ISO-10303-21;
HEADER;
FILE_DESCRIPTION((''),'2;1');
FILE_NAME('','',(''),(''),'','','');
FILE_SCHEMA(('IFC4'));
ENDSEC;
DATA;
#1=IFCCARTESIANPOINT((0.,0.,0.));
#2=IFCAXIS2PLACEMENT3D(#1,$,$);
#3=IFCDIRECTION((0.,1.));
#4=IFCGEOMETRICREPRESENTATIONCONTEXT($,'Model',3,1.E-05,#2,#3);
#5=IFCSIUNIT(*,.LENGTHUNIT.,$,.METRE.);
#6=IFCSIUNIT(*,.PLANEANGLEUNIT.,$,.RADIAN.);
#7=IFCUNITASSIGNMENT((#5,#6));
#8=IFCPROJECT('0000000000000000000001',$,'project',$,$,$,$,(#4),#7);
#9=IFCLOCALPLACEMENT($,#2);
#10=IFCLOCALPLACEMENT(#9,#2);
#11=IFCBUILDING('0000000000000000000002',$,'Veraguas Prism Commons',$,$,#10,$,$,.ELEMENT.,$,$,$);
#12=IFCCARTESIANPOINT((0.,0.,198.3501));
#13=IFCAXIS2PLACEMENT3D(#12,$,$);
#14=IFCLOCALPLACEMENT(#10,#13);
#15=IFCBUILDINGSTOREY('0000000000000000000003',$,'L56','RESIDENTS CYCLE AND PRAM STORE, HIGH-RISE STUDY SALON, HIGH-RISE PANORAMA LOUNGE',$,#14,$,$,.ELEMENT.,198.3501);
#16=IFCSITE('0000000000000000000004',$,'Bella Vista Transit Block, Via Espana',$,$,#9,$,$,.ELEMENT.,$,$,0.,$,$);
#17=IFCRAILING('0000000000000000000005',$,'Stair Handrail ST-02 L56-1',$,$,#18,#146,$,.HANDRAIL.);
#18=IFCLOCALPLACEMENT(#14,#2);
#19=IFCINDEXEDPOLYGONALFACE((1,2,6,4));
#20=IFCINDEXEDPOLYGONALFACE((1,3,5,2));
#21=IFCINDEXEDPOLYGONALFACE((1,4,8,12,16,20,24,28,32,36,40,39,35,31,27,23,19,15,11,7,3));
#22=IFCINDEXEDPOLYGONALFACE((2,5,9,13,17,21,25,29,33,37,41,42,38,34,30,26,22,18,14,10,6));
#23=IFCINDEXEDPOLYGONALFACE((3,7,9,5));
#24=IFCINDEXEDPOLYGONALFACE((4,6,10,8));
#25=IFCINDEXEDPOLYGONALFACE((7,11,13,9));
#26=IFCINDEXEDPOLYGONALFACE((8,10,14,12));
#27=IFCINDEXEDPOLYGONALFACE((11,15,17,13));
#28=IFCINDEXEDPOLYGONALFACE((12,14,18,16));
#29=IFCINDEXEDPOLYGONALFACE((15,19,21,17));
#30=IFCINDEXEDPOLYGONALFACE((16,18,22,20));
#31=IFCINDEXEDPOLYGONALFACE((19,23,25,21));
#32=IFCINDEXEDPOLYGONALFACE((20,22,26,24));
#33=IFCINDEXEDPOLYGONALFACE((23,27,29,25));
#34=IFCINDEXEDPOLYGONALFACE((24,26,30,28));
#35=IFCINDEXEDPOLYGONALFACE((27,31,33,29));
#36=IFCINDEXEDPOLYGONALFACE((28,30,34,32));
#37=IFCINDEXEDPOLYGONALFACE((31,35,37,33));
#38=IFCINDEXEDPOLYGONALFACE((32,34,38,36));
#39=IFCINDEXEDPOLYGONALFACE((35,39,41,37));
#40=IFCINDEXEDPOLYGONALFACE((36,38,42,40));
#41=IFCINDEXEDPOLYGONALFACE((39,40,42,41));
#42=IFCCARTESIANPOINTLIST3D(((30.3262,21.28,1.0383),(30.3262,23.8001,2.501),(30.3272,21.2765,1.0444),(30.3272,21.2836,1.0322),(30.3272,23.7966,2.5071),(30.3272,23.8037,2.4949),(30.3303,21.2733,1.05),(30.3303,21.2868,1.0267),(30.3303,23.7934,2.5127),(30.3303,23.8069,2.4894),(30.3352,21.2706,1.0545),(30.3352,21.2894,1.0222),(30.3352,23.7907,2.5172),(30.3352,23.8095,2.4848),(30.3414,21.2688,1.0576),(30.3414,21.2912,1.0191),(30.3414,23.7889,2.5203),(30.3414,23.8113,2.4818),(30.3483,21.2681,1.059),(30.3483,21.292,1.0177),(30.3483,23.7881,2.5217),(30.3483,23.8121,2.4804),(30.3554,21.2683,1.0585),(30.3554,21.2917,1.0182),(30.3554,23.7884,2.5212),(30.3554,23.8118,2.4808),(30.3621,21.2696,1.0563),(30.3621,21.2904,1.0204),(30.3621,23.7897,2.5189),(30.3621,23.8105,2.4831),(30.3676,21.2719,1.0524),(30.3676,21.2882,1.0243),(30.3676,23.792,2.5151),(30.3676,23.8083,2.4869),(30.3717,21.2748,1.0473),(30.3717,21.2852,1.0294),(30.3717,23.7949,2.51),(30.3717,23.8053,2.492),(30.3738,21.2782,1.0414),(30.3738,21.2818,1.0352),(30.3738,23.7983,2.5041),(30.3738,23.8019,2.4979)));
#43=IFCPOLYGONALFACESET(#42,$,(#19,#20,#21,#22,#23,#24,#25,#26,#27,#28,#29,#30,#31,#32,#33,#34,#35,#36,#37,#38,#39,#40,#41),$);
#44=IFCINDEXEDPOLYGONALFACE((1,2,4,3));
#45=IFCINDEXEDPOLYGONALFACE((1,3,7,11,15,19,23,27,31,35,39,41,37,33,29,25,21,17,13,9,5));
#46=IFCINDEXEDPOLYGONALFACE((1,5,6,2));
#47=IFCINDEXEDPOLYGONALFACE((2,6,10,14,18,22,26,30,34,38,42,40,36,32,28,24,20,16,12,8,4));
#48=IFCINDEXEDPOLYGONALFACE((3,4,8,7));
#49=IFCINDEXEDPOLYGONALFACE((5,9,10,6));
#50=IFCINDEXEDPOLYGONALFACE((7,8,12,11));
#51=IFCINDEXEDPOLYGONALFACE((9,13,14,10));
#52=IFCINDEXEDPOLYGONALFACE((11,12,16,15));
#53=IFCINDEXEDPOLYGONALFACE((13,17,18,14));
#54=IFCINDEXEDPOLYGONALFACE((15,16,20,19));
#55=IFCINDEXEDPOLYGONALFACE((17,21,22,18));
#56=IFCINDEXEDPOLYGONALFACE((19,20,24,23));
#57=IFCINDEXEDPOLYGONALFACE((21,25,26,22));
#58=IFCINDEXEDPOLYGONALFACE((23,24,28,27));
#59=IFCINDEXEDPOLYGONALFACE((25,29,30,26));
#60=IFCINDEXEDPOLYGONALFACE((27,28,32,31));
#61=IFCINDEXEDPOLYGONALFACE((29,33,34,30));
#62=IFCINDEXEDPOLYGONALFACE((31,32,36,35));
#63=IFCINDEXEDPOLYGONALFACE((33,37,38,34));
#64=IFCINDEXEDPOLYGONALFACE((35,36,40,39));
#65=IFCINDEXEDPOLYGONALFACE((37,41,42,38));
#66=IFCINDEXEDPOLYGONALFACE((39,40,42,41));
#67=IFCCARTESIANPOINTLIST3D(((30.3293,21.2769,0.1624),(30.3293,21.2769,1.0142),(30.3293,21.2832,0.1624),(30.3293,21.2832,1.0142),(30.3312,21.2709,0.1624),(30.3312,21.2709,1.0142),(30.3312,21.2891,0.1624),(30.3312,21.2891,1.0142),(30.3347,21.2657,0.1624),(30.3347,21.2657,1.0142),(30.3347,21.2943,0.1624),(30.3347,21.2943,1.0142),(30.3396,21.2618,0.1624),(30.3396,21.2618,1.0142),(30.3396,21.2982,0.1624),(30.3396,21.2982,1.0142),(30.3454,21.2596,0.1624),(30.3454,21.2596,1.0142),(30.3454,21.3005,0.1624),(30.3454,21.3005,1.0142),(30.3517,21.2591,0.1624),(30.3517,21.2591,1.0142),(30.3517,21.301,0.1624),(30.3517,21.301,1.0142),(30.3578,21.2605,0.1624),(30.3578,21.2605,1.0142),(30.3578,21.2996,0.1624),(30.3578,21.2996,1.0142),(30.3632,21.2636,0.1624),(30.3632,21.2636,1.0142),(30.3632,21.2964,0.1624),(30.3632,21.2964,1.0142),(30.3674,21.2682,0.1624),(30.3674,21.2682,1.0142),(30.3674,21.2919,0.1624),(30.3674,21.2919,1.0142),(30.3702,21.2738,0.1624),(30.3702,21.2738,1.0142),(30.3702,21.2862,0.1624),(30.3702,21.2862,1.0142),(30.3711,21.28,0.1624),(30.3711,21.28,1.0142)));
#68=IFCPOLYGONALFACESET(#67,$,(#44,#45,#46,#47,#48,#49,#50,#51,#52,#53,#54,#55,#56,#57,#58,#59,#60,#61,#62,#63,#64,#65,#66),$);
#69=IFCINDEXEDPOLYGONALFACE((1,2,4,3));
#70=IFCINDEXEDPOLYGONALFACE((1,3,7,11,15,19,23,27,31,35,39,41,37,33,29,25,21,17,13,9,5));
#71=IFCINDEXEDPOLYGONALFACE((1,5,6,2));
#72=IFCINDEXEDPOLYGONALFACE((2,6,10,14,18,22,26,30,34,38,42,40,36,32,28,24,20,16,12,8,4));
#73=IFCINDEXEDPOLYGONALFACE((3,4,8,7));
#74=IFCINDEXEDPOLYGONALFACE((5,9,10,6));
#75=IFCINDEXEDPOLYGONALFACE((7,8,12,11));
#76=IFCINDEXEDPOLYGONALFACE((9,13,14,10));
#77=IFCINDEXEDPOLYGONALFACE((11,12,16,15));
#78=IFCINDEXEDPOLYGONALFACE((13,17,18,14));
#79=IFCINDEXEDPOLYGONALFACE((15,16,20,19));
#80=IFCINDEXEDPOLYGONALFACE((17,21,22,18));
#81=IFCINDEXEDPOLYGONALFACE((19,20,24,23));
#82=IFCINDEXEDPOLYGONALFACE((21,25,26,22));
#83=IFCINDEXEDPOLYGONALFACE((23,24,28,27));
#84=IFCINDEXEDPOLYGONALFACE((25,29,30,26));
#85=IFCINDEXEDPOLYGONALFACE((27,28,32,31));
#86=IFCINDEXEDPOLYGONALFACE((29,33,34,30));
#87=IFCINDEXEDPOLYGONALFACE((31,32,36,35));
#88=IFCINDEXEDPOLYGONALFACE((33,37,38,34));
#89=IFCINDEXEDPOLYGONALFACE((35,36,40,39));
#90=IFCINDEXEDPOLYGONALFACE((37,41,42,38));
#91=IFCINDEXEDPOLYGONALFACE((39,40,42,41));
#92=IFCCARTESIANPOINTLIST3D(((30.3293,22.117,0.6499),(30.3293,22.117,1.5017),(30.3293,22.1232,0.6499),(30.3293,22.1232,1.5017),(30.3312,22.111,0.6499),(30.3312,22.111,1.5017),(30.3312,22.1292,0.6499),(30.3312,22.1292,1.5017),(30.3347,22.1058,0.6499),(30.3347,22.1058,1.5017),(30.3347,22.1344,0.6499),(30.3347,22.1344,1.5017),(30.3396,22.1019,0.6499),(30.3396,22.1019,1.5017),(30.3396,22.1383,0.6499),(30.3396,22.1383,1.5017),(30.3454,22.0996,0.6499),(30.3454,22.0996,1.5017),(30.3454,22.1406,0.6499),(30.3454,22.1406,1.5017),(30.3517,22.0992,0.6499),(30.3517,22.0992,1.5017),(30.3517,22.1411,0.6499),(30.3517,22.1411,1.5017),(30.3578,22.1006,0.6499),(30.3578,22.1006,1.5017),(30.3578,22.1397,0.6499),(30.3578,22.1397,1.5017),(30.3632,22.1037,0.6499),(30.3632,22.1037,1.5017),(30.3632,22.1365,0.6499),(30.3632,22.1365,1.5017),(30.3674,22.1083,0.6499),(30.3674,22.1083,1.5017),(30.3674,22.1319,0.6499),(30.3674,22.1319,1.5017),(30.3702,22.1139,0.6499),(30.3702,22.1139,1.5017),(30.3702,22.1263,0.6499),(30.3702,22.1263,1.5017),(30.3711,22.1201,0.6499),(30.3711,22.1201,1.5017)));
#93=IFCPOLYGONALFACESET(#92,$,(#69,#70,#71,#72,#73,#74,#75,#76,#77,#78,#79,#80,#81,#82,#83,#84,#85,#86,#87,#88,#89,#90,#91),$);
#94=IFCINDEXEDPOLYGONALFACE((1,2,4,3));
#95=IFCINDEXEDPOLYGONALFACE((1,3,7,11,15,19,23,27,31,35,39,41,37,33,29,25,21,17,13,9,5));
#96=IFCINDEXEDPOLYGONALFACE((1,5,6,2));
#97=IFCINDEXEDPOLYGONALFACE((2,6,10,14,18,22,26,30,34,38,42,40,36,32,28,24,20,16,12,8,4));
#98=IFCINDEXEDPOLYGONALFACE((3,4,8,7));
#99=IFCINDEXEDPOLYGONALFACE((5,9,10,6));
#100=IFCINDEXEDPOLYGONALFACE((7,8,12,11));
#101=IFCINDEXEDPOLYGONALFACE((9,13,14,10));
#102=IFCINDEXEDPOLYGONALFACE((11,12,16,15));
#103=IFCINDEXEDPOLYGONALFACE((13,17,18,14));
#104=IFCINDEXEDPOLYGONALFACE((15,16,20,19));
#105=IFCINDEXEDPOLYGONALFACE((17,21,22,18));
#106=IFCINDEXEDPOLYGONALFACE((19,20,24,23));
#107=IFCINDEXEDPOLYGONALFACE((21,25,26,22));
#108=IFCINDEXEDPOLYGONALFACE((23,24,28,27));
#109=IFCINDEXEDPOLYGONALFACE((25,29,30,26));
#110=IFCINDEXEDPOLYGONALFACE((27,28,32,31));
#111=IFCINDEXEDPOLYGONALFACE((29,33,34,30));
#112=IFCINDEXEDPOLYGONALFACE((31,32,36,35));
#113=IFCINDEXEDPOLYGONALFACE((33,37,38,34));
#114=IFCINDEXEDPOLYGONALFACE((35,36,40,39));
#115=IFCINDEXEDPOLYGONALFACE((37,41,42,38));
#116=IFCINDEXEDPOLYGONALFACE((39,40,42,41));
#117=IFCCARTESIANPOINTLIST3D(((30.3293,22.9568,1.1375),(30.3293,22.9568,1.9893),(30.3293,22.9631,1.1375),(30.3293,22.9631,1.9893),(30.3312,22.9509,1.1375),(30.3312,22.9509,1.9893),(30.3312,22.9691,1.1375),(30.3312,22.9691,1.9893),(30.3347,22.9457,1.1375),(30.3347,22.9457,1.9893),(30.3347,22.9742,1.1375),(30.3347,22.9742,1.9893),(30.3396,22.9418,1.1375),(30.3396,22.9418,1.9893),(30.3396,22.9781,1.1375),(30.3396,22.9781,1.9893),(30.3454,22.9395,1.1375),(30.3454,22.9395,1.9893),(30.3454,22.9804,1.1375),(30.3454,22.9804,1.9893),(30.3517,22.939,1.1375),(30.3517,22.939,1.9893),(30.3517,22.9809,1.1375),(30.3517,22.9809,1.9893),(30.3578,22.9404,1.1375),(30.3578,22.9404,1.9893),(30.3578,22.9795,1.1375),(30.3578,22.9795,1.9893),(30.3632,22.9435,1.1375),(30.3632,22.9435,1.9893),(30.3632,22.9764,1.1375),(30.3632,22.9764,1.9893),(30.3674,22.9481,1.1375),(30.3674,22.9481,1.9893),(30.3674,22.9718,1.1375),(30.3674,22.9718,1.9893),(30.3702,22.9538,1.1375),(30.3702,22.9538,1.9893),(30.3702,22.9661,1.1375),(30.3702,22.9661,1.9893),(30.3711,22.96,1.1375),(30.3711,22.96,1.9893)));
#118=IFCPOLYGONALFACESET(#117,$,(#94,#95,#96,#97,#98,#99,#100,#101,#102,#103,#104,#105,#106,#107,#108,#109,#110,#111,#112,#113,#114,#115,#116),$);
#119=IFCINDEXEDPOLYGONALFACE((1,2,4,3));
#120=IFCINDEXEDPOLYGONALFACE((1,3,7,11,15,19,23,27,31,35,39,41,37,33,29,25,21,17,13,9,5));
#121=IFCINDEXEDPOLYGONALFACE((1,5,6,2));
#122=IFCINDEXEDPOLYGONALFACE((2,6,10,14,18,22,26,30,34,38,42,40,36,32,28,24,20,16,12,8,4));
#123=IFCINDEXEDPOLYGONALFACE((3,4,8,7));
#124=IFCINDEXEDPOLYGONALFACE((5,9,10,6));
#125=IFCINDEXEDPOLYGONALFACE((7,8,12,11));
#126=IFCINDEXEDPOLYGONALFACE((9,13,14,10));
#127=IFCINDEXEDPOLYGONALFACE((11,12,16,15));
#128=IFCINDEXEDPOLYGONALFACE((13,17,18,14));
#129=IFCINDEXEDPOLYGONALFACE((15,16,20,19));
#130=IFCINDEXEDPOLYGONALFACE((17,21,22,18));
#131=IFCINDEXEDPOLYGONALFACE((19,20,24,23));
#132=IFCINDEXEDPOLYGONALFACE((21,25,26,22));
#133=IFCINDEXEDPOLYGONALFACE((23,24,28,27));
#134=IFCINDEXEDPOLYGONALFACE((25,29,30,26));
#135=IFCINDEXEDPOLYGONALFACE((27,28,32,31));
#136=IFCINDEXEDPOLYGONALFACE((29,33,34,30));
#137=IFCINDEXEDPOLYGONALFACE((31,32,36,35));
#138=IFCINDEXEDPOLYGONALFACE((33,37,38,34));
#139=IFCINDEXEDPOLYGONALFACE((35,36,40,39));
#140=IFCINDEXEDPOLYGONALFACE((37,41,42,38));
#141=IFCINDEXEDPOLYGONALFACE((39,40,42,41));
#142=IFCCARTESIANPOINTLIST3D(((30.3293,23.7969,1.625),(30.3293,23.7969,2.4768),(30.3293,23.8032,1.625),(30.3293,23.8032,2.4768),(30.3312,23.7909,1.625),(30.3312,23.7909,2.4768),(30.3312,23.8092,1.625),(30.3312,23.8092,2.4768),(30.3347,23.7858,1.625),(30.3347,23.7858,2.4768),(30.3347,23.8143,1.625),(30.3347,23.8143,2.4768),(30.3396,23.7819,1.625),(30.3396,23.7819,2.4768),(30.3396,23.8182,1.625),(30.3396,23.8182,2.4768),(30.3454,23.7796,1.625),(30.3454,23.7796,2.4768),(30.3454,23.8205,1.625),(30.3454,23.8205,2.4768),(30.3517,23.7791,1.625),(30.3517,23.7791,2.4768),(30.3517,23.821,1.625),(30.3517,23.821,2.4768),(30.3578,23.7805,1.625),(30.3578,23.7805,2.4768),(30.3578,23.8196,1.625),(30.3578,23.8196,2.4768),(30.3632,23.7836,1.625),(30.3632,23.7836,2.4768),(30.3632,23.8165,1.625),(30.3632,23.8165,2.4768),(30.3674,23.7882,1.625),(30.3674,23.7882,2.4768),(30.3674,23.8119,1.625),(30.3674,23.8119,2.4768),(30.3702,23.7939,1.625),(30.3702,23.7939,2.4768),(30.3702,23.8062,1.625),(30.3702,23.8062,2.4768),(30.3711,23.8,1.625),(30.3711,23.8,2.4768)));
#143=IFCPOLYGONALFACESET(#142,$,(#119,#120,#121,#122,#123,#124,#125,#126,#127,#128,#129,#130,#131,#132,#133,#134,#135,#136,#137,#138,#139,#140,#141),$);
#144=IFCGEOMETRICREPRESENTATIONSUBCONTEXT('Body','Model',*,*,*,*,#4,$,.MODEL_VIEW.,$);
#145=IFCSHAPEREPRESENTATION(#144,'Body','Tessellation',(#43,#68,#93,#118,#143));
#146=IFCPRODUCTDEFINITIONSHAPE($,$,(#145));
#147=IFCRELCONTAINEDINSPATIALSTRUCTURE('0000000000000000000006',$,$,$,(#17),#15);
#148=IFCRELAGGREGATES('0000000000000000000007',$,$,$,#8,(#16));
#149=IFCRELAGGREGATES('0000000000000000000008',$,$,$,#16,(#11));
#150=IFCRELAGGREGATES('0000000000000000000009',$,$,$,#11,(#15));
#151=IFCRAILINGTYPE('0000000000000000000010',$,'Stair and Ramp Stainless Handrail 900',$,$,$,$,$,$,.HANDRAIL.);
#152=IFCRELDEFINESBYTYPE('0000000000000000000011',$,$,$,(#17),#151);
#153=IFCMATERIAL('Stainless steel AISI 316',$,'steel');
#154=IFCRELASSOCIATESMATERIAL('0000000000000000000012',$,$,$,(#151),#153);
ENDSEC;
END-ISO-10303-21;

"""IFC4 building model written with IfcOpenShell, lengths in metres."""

from ifc_helpers import new_model, si_unit, direction, frame, origin, origin_2d, place, context, subcontext, project, spatial, circle, extrude, material, type_object, element, save


model = new_model("IFC4")

# Units and contexts
model_context = context("Model", 3, precision=1e-05, world=origin(), true_north=direction((0.0, 1.0)))
body_context = subcontext(model_context, "Body", "Model", "MODEL_VIEW")
ifc_project = project(units=[si_unit("LENGTHUNIT", "METRE"), si_unit("PLANEANGLEUNIT", "RADIAN")], contexts=[model_context])

# Site, building, storey
site_placement = place(None, origin())
site = spatial("IfcSite", under=ifc_project, at=site_placement, Name="Bella Vista Transit Block, Via Espana", CompositionType="ELEMENT", RefElevation=0.0)
building_placement = place(site_placement, origin())
building = spatial("IfcBuilding", under=site, at=building_placement, Name="Veraguas Prism Commons", CompositionType="ELEMENT")
storey_placement = place(building_placement, frame((0.0, 0.0, 198.3501)))
storey = spatial("IfcBuildingStorey", under=building, at=storey_placement, Name="L56", Description="RESIDENTS CYCLE AND PRAM STORE, HIGH-RISE STUDY SALON, HIGH-RISE PANORAMA LOUNGE", CompositionType="ELEMENT", Elevation=198.3501)

# Railing
ifc_material_1 = material(Name="Stainless steel AISI 316", Category="steel")
railing_type = type_object("IfcRailingType", Name="Stair and Ramp Stainless Handrail 900", PredefinedType="HANDRAIL", material=ifc_material_1)
railing_placement = place(storey_placement, frame((30.3501, 21.28, 0.1624)))
element("IfcRailing", 1, at=railing_placement, inside=storey, type_object=railing_type, Name="Stair Handrail ST-02 L56-1", PredefinedType="HANDRAIL", context=body_context, shape_type="SweptSolid", body=[
    extrude(circle(Radius=0.0239, at=origin_2d()), frame((0.0, 0.0, 0.876), z_axis=(0.0, 0.864877, 0.501984), x_axis=(-1.0, 0.0, 0.0)), (0.0, 0.0, 1.0), 2.9138),
    extrude(circle(Radius=0.021, at=origin_2d()), origin(), (0.0, 0.0, 1.0), 0.8518),
    extrude(circle(Radius=0.021, at=origin_2d()), frame((0.0, 0.8401, 0.4875)), (0.0, 0.0, 1.0), 0.8518),
    extrude(circle(Radius=0.021, at=origin_2d()), frame((0.0, 1.6799, 0.9751)), (0.0, 0.0, 1.0), 0.8518),
    extrude(circle(Radius=0.021, at=origin_2d()), frame((0.0, 2.52, 1.4626)), (0.0, 0.0, 1.0), 0.8518),
])

save(model, "model.ifc")
